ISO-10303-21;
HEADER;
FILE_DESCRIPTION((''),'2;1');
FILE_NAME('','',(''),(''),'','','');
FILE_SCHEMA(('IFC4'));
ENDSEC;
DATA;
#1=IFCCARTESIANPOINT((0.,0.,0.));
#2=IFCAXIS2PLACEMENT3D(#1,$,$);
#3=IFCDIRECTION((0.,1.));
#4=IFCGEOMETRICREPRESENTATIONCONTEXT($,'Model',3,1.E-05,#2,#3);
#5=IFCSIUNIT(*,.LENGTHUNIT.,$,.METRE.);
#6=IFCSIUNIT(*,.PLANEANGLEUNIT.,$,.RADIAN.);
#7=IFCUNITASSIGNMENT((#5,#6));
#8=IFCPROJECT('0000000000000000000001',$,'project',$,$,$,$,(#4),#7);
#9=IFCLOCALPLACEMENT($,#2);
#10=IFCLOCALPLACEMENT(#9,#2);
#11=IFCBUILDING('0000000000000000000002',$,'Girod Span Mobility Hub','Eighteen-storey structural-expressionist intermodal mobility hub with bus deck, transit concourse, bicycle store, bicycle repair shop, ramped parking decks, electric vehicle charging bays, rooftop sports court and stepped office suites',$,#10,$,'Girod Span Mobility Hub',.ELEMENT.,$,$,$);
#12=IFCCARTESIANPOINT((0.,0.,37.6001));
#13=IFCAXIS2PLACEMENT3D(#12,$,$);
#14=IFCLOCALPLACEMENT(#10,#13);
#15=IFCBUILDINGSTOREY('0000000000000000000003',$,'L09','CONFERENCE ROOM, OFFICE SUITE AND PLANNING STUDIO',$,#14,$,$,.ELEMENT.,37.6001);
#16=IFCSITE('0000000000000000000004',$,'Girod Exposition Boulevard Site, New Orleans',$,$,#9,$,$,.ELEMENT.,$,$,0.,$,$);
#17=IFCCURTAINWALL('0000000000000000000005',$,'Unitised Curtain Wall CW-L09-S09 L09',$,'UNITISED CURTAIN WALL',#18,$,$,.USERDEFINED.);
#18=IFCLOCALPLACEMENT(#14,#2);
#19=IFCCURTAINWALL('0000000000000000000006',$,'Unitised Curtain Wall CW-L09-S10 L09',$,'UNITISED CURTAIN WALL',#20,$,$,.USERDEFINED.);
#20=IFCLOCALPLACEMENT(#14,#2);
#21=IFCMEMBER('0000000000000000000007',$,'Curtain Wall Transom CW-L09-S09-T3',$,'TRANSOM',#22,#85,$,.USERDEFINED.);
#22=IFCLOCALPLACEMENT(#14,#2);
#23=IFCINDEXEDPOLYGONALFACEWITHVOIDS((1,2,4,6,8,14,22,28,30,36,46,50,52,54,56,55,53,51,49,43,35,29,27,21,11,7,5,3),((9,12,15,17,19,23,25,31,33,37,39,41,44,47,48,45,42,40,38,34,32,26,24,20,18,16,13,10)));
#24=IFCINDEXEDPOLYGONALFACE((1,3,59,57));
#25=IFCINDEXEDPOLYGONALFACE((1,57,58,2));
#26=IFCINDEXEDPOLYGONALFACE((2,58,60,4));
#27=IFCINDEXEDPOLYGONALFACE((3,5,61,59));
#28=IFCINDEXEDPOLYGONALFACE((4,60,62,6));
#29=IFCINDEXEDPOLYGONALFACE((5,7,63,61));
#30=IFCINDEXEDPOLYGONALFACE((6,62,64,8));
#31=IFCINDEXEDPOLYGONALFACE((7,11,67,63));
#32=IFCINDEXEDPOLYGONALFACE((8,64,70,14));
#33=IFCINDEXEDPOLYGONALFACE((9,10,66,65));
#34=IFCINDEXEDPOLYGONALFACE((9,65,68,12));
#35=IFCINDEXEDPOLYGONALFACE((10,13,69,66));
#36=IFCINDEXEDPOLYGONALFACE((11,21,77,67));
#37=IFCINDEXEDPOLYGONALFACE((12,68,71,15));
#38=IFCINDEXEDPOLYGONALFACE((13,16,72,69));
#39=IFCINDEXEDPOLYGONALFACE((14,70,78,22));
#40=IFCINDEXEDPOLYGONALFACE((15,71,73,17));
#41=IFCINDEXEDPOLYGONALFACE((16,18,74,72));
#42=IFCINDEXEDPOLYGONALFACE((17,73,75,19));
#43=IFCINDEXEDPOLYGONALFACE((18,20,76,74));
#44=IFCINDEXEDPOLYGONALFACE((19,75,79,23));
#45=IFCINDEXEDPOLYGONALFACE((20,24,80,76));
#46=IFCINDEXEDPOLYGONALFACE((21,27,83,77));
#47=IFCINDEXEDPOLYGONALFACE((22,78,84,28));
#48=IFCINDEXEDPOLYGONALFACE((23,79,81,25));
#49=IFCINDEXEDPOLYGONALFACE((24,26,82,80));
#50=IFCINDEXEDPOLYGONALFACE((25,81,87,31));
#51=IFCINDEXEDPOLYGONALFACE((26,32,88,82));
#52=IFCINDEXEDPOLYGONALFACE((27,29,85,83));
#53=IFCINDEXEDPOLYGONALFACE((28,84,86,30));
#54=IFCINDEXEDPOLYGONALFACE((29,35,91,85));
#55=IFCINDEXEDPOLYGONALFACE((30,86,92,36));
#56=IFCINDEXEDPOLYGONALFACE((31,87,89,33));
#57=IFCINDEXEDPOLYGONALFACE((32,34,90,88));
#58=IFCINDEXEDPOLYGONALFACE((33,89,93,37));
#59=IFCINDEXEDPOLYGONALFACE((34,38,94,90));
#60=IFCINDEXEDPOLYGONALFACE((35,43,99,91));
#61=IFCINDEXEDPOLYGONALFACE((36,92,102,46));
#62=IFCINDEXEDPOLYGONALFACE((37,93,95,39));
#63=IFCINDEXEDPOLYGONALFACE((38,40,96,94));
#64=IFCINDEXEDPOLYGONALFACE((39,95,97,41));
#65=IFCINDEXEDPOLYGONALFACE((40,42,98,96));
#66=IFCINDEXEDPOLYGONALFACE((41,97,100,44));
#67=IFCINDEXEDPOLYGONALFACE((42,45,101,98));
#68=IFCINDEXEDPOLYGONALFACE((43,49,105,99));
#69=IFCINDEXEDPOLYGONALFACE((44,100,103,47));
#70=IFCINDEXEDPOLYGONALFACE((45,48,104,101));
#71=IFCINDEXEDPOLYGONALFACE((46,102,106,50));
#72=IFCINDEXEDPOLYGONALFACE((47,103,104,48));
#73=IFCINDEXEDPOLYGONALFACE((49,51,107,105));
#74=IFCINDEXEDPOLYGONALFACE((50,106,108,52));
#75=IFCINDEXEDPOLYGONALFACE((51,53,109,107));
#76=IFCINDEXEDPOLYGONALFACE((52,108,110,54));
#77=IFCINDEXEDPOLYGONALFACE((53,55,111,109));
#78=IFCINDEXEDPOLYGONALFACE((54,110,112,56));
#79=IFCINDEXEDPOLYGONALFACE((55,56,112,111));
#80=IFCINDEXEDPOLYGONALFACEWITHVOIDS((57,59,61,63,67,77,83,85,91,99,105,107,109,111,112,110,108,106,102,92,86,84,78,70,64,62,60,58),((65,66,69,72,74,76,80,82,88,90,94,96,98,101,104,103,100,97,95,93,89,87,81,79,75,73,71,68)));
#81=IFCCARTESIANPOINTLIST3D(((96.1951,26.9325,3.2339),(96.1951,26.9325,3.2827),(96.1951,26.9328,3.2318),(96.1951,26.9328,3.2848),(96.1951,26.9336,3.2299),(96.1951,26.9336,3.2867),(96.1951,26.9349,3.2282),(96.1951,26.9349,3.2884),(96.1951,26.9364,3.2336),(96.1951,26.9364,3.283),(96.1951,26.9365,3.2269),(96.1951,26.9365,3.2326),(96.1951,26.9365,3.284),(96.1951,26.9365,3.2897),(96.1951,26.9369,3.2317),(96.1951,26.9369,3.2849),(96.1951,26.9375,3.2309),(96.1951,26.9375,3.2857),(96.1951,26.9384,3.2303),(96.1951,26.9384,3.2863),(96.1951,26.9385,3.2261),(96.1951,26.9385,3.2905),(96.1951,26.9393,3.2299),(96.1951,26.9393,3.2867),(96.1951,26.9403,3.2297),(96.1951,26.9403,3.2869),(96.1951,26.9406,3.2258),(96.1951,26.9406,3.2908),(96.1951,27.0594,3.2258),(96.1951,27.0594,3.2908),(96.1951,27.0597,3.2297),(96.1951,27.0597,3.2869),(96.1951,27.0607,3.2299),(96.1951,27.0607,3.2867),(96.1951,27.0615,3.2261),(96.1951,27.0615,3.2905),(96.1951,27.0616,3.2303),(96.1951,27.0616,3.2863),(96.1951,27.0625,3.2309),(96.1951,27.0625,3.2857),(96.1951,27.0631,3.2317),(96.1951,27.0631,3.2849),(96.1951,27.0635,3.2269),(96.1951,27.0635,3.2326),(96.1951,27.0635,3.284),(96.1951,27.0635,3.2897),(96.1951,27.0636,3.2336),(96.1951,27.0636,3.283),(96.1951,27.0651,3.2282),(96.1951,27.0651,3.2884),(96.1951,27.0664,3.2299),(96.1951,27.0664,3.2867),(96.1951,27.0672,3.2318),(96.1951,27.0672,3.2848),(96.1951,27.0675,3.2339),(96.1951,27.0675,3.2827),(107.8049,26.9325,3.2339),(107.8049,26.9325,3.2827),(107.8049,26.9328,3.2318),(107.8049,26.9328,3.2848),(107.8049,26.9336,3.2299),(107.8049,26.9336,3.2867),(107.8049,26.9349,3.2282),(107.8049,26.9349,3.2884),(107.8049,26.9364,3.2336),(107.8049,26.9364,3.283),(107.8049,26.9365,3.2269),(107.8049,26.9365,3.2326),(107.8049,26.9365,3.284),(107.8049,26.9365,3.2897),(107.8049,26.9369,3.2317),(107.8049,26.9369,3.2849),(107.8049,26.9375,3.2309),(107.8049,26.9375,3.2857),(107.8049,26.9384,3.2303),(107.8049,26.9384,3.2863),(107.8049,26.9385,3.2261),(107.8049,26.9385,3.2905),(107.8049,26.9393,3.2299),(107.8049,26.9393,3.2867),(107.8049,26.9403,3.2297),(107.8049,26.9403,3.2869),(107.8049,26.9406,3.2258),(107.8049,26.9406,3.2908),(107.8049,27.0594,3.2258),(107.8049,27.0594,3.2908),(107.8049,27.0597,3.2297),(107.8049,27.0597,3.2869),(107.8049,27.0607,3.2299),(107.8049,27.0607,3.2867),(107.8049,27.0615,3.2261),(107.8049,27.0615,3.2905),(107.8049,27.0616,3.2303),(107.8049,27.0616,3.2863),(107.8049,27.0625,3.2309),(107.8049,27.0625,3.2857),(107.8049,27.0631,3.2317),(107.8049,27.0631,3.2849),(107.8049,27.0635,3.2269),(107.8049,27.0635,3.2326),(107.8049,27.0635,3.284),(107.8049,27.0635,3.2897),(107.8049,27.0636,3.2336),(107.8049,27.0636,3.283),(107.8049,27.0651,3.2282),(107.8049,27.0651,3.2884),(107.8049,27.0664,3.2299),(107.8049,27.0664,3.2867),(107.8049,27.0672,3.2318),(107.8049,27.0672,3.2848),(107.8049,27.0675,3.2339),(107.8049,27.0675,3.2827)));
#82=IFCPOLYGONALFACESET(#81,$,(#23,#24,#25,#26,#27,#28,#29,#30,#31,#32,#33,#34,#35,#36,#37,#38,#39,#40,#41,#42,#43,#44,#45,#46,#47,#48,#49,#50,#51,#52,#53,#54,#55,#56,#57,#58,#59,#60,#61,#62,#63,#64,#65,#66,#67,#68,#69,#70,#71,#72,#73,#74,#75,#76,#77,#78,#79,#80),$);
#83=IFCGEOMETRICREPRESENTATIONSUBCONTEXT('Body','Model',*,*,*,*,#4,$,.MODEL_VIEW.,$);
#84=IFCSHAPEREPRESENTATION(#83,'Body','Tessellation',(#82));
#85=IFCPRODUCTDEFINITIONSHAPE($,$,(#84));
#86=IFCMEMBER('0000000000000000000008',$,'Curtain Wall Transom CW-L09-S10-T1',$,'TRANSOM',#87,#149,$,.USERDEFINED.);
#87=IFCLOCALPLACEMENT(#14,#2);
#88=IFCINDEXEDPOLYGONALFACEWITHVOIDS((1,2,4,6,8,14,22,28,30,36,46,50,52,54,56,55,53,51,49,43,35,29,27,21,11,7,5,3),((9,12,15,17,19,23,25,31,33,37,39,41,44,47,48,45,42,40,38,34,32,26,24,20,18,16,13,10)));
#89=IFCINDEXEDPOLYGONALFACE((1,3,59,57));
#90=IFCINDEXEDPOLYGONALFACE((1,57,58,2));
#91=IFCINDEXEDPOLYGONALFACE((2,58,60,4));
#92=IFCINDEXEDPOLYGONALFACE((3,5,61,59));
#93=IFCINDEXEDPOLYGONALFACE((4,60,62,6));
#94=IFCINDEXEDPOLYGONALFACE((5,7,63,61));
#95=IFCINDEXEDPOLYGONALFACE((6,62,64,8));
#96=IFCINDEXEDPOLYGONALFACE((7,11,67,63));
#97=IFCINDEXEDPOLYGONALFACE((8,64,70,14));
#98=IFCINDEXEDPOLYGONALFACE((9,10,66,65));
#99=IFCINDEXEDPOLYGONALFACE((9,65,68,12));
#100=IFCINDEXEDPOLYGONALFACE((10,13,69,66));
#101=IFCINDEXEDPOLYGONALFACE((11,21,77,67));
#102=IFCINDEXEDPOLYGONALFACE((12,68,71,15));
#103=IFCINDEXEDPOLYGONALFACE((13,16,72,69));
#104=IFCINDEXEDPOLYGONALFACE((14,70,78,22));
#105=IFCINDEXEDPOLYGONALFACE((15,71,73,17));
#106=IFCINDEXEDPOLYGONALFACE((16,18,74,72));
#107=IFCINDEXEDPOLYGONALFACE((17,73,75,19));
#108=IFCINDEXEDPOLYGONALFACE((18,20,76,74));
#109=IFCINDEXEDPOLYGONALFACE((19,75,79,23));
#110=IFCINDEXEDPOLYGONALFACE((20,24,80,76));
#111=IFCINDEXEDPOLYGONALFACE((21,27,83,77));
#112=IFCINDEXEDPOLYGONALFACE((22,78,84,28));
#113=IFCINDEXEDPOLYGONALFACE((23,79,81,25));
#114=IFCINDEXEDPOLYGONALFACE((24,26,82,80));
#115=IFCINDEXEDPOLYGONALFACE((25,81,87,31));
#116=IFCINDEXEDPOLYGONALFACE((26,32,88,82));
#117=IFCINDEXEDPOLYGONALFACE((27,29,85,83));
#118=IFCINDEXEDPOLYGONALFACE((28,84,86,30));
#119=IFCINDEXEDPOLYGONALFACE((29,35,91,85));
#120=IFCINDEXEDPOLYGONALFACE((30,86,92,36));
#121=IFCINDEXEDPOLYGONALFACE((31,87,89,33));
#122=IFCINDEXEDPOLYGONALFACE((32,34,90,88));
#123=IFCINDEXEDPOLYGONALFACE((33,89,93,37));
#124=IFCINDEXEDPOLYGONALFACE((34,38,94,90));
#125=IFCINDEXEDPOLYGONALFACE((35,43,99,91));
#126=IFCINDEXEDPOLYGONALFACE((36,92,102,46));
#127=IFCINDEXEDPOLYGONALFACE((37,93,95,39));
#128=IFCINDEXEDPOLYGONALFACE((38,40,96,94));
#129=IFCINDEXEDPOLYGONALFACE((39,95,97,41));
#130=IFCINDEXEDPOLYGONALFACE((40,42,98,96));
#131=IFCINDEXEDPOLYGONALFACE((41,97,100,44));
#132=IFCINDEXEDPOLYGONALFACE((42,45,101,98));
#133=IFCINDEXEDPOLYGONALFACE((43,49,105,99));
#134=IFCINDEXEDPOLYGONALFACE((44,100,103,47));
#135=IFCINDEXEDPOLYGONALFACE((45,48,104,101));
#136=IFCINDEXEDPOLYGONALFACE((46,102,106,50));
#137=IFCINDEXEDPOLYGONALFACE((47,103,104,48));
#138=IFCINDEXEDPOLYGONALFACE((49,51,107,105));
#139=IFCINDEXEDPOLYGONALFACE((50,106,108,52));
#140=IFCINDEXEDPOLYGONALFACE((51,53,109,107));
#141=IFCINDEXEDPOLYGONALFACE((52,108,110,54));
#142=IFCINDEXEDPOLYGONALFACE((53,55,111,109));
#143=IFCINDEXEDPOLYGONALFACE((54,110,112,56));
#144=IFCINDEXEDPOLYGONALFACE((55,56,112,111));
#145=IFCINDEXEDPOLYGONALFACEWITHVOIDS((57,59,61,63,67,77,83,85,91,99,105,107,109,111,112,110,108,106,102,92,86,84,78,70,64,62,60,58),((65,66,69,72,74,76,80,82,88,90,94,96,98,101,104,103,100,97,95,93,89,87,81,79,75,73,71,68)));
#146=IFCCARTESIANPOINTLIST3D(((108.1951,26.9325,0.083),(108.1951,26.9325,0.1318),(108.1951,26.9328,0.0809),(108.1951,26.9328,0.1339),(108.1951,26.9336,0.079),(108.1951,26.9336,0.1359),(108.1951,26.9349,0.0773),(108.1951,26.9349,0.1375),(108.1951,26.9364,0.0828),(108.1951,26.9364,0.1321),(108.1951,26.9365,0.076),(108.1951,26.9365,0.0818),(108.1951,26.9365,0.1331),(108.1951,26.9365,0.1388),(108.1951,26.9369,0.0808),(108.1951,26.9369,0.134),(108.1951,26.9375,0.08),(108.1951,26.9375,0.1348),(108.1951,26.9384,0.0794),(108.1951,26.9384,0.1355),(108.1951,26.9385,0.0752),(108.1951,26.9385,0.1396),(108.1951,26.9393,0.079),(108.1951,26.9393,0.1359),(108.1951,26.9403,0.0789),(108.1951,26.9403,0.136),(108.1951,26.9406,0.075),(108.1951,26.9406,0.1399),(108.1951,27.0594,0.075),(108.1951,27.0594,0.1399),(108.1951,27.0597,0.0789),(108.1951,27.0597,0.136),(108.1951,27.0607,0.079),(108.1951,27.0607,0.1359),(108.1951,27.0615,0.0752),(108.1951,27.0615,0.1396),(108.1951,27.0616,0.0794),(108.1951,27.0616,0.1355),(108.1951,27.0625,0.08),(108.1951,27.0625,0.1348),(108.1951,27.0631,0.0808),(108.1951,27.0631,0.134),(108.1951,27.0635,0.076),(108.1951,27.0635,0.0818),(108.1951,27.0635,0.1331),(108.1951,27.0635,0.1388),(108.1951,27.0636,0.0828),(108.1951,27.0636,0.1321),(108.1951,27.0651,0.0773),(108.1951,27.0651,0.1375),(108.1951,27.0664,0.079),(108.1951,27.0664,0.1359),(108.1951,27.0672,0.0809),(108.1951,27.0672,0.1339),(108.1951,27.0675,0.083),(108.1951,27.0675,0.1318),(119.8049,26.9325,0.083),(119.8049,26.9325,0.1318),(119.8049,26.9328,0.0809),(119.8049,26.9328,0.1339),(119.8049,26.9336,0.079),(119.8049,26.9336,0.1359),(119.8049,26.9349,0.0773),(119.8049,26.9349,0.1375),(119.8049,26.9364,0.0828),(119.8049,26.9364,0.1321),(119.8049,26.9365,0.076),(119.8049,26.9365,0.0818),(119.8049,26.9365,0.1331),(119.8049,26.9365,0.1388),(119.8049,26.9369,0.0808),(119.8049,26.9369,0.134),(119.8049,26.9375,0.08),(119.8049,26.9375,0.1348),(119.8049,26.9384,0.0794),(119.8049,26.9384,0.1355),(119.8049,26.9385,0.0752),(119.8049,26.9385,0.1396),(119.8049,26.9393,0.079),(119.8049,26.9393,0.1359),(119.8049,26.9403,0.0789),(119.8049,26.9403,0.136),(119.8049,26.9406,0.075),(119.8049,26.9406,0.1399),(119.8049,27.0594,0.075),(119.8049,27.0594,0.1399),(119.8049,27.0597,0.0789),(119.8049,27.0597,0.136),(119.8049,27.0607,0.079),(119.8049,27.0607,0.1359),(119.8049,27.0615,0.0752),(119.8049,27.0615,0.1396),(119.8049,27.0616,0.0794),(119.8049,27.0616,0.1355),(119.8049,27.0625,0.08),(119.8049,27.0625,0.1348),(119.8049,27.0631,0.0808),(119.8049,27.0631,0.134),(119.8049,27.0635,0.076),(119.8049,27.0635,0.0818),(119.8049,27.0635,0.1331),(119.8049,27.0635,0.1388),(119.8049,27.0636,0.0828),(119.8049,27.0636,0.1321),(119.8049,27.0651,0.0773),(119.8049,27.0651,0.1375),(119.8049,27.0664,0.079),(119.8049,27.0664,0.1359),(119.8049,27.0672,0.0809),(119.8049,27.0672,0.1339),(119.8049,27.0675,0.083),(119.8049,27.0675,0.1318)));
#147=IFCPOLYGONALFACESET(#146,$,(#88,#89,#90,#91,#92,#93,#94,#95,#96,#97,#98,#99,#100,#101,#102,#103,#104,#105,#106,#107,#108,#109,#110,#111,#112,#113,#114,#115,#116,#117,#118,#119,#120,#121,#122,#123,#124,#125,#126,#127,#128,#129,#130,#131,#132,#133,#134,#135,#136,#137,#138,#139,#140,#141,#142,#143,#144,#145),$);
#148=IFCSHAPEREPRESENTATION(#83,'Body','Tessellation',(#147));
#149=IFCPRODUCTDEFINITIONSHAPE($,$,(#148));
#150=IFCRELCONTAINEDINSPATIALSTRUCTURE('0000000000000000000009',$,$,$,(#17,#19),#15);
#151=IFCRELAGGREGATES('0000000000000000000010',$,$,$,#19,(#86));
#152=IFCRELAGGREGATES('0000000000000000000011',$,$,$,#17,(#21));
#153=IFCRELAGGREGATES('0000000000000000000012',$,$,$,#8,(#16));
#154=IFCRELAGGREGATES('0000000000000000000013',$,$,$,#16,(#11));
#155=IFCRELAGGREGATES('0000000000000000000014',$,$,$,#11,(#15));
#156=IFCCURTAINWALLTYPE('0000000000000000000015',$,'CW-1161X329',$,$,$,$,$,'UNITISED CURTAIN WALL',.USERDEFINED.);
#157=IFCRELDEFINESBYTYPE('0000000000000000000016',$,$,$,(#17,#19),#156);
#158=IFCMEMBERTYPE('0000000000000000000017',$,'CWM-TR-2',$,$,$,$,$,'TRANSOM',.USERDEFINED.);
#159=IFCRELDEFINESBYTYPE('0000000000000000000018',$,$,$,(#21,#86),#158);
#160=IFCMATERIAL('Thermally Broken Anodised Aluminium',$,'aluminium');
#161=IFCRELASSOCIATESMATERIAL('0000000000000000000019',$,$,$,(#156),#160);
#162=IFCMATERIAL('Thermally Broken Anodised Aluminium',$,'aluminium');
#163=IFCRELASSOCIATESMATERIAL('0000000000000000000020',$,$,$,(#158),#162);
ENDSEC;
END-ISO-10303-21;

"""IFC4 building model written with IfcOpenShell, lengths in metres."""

from ifc_helpers import new_model, si_unit, direction, frame, origin, origin_2d, place, context, subcontext, project, spatial, hollow_rectangle, extrude, material, material_profile, profile_set, type_object, element, aggregate, save


model = new_model("IFC4")

# Units and contexts
model_context = context("Model", 3, precision=1e-05, world=origin(), true_north=direction((0.0, 1.0)))
body_context = subcontext(model_context, "Body", "Model", "MODEL_VIEW")
ifc_project = project(units=[si_unit("LENGTHUNIT", "METRE"), si_unit("PLANEANGLEUNIT", "RADIAN")], contexts=[model_context])

# Site, building, storey
site_placement = place(None, origin())
site = spatial("IfcSite", under=ifc_project, at=site_placement, Name="Girod Exposition Boulevard Site, New Orleans", CompositionType="ELEMENT", RefElevation=0.0)
building_placement = place(site_placement, origin())
building = spatial("IfcBuilding", under=site, at=building_placement, Name="Girod Span Mobility Hub", Description="Eighteen-storey structural-expressionist intermodal mobility hub with bus deck, transit concourse, bicycle store, bicycle repair shop, ramped parking decks, electric vehicle charging bays, rooftop sports court and stepped office suites", LongName="Girod Span Mobility Hub", CompositionType="ELEMENT")
storey_placement = place(building_placement, frame((0.0, 0.0, 37.6001)))
storey = spatial("IfcBuildingStorey", under=building, at=storey_placement, Name="L09", Description="CONFERENCE ROOM, OFFICE SUITE AND PLANNING STUDIO", CompositionType="ELEMENT", Elevation=37.6001)

# Curtain wall
ifc_material_1 = material(Name="Thermally Broken Anodised Aluminium", Category="aluminium")
curtain_wall_type = type_object("IfcCurtainWallType", Name="CW-1161X329", ElementType="UNITISED CURTAIN WALL", PredefinedType="USERDEFINED", material=ifc_material_1)
curtain_wall_1_placement = place(storey_placement, origin())
curtain_wall_1 = element("IfcCurtainWall", 1, at=curtain_wall_1_placement, inside=storey, type_object=curtain_wall_type, Name="Unitised Curtain Wall CW-L09-S09 L09", ObjectType="UNITISED CURTAIN WALL", PredefinedType="USERDEFINED")

# Curtain wall
curtain_wall_2_placement = place(storey_placement, origin())
curtain_wall_2 = element("IfcCurtainWall", 2, at=curtain_wall_2_placement, inside=storey, type_object=curtain_wall_type, Name="Unitised Curtain Wall CW-L09-S10 L09", ObjectType="UNITISED CURTAIN WALL", PredefinedType="USERDEFINED")

# Members
ifc_material_2 = material(Name="Thermally Broken Anodised Aluminium", Category="aluminium")
ifc_material_profile_1 = material_profile(ifc_material_2, hollow_rectangle(XDim=0.135, YDim=0.0649, WallThickness=0.0039, InnerFilletRadius=0.0039, OuterFilletRadius=0.0081, at=origin_2d()), Name="CW-TR-65X135")
ifc_profile_set_1 = profile_set([ifc_material_profile_1], Name="Thermally Broken Anodised Aluminium")
member_type_1 = type_object("IfcMemberType", Name="CWM-TR-2", ElementType="TRANSOM", PredefinedType="USERDEFINED", material=ifc_profile_set_1)
member_1_placement = place(storey_placement, frame((96.1951, 27.0, 3.2583), z_axis=(1.0, 0.0, 0.0), x_axis=(0.0, 1.0, 0.0)))
member_1 = element("IfcMember", 3, at=member_1_placement, type_object=member_type_1, Name="Curtain Wall Transom CW-L09-S09-T3", ObjectType="TRANSOM", PredefinedType="USERDEFINED", context=body_context, shape_type="SweptSolid", body=[
    extrude(hollow_rectangle(XDim=0.135, YDim=0.0649, WallThickness=0.0039, InnerFilletRadius=0.0039, OuterFilletRadius=0.0081, at=origin_2d()), origin(), (0.0, 0.0, 1.0), 11.6099),
])
member_2_placement = place(storey_placement, frame((108.1951, 27.0, 0.1074), z_axis=(1.0, 0.0, 0.0), x_axis=(0.0, 1.0, 0.0)))
member_2 = element("IfcMember", 4, at=member_2_placement, type_object=member_type_1, Name="Curtain Wall Transom CW-L09-S10-T1", ObjectType="TRANSOM", PredefinedType="USERDEFINED", context=body_context, shape_type="SweptSolid", body=[
    extrude(hollow_rectangle(XDim=0.135, YDim=0.0649, WallThickness=0.0039, InnerFilletRadius=0.0039, OuterFilletRadius=0.0081, at=origin_2d()), origin(), (0.0, 0.0, 1.0), 11.6099),
])
aggregate(curtain_wall_2, [member_2])

aggregate(curtain_wall_1, [member_1])

save(model, "model.ifc")
